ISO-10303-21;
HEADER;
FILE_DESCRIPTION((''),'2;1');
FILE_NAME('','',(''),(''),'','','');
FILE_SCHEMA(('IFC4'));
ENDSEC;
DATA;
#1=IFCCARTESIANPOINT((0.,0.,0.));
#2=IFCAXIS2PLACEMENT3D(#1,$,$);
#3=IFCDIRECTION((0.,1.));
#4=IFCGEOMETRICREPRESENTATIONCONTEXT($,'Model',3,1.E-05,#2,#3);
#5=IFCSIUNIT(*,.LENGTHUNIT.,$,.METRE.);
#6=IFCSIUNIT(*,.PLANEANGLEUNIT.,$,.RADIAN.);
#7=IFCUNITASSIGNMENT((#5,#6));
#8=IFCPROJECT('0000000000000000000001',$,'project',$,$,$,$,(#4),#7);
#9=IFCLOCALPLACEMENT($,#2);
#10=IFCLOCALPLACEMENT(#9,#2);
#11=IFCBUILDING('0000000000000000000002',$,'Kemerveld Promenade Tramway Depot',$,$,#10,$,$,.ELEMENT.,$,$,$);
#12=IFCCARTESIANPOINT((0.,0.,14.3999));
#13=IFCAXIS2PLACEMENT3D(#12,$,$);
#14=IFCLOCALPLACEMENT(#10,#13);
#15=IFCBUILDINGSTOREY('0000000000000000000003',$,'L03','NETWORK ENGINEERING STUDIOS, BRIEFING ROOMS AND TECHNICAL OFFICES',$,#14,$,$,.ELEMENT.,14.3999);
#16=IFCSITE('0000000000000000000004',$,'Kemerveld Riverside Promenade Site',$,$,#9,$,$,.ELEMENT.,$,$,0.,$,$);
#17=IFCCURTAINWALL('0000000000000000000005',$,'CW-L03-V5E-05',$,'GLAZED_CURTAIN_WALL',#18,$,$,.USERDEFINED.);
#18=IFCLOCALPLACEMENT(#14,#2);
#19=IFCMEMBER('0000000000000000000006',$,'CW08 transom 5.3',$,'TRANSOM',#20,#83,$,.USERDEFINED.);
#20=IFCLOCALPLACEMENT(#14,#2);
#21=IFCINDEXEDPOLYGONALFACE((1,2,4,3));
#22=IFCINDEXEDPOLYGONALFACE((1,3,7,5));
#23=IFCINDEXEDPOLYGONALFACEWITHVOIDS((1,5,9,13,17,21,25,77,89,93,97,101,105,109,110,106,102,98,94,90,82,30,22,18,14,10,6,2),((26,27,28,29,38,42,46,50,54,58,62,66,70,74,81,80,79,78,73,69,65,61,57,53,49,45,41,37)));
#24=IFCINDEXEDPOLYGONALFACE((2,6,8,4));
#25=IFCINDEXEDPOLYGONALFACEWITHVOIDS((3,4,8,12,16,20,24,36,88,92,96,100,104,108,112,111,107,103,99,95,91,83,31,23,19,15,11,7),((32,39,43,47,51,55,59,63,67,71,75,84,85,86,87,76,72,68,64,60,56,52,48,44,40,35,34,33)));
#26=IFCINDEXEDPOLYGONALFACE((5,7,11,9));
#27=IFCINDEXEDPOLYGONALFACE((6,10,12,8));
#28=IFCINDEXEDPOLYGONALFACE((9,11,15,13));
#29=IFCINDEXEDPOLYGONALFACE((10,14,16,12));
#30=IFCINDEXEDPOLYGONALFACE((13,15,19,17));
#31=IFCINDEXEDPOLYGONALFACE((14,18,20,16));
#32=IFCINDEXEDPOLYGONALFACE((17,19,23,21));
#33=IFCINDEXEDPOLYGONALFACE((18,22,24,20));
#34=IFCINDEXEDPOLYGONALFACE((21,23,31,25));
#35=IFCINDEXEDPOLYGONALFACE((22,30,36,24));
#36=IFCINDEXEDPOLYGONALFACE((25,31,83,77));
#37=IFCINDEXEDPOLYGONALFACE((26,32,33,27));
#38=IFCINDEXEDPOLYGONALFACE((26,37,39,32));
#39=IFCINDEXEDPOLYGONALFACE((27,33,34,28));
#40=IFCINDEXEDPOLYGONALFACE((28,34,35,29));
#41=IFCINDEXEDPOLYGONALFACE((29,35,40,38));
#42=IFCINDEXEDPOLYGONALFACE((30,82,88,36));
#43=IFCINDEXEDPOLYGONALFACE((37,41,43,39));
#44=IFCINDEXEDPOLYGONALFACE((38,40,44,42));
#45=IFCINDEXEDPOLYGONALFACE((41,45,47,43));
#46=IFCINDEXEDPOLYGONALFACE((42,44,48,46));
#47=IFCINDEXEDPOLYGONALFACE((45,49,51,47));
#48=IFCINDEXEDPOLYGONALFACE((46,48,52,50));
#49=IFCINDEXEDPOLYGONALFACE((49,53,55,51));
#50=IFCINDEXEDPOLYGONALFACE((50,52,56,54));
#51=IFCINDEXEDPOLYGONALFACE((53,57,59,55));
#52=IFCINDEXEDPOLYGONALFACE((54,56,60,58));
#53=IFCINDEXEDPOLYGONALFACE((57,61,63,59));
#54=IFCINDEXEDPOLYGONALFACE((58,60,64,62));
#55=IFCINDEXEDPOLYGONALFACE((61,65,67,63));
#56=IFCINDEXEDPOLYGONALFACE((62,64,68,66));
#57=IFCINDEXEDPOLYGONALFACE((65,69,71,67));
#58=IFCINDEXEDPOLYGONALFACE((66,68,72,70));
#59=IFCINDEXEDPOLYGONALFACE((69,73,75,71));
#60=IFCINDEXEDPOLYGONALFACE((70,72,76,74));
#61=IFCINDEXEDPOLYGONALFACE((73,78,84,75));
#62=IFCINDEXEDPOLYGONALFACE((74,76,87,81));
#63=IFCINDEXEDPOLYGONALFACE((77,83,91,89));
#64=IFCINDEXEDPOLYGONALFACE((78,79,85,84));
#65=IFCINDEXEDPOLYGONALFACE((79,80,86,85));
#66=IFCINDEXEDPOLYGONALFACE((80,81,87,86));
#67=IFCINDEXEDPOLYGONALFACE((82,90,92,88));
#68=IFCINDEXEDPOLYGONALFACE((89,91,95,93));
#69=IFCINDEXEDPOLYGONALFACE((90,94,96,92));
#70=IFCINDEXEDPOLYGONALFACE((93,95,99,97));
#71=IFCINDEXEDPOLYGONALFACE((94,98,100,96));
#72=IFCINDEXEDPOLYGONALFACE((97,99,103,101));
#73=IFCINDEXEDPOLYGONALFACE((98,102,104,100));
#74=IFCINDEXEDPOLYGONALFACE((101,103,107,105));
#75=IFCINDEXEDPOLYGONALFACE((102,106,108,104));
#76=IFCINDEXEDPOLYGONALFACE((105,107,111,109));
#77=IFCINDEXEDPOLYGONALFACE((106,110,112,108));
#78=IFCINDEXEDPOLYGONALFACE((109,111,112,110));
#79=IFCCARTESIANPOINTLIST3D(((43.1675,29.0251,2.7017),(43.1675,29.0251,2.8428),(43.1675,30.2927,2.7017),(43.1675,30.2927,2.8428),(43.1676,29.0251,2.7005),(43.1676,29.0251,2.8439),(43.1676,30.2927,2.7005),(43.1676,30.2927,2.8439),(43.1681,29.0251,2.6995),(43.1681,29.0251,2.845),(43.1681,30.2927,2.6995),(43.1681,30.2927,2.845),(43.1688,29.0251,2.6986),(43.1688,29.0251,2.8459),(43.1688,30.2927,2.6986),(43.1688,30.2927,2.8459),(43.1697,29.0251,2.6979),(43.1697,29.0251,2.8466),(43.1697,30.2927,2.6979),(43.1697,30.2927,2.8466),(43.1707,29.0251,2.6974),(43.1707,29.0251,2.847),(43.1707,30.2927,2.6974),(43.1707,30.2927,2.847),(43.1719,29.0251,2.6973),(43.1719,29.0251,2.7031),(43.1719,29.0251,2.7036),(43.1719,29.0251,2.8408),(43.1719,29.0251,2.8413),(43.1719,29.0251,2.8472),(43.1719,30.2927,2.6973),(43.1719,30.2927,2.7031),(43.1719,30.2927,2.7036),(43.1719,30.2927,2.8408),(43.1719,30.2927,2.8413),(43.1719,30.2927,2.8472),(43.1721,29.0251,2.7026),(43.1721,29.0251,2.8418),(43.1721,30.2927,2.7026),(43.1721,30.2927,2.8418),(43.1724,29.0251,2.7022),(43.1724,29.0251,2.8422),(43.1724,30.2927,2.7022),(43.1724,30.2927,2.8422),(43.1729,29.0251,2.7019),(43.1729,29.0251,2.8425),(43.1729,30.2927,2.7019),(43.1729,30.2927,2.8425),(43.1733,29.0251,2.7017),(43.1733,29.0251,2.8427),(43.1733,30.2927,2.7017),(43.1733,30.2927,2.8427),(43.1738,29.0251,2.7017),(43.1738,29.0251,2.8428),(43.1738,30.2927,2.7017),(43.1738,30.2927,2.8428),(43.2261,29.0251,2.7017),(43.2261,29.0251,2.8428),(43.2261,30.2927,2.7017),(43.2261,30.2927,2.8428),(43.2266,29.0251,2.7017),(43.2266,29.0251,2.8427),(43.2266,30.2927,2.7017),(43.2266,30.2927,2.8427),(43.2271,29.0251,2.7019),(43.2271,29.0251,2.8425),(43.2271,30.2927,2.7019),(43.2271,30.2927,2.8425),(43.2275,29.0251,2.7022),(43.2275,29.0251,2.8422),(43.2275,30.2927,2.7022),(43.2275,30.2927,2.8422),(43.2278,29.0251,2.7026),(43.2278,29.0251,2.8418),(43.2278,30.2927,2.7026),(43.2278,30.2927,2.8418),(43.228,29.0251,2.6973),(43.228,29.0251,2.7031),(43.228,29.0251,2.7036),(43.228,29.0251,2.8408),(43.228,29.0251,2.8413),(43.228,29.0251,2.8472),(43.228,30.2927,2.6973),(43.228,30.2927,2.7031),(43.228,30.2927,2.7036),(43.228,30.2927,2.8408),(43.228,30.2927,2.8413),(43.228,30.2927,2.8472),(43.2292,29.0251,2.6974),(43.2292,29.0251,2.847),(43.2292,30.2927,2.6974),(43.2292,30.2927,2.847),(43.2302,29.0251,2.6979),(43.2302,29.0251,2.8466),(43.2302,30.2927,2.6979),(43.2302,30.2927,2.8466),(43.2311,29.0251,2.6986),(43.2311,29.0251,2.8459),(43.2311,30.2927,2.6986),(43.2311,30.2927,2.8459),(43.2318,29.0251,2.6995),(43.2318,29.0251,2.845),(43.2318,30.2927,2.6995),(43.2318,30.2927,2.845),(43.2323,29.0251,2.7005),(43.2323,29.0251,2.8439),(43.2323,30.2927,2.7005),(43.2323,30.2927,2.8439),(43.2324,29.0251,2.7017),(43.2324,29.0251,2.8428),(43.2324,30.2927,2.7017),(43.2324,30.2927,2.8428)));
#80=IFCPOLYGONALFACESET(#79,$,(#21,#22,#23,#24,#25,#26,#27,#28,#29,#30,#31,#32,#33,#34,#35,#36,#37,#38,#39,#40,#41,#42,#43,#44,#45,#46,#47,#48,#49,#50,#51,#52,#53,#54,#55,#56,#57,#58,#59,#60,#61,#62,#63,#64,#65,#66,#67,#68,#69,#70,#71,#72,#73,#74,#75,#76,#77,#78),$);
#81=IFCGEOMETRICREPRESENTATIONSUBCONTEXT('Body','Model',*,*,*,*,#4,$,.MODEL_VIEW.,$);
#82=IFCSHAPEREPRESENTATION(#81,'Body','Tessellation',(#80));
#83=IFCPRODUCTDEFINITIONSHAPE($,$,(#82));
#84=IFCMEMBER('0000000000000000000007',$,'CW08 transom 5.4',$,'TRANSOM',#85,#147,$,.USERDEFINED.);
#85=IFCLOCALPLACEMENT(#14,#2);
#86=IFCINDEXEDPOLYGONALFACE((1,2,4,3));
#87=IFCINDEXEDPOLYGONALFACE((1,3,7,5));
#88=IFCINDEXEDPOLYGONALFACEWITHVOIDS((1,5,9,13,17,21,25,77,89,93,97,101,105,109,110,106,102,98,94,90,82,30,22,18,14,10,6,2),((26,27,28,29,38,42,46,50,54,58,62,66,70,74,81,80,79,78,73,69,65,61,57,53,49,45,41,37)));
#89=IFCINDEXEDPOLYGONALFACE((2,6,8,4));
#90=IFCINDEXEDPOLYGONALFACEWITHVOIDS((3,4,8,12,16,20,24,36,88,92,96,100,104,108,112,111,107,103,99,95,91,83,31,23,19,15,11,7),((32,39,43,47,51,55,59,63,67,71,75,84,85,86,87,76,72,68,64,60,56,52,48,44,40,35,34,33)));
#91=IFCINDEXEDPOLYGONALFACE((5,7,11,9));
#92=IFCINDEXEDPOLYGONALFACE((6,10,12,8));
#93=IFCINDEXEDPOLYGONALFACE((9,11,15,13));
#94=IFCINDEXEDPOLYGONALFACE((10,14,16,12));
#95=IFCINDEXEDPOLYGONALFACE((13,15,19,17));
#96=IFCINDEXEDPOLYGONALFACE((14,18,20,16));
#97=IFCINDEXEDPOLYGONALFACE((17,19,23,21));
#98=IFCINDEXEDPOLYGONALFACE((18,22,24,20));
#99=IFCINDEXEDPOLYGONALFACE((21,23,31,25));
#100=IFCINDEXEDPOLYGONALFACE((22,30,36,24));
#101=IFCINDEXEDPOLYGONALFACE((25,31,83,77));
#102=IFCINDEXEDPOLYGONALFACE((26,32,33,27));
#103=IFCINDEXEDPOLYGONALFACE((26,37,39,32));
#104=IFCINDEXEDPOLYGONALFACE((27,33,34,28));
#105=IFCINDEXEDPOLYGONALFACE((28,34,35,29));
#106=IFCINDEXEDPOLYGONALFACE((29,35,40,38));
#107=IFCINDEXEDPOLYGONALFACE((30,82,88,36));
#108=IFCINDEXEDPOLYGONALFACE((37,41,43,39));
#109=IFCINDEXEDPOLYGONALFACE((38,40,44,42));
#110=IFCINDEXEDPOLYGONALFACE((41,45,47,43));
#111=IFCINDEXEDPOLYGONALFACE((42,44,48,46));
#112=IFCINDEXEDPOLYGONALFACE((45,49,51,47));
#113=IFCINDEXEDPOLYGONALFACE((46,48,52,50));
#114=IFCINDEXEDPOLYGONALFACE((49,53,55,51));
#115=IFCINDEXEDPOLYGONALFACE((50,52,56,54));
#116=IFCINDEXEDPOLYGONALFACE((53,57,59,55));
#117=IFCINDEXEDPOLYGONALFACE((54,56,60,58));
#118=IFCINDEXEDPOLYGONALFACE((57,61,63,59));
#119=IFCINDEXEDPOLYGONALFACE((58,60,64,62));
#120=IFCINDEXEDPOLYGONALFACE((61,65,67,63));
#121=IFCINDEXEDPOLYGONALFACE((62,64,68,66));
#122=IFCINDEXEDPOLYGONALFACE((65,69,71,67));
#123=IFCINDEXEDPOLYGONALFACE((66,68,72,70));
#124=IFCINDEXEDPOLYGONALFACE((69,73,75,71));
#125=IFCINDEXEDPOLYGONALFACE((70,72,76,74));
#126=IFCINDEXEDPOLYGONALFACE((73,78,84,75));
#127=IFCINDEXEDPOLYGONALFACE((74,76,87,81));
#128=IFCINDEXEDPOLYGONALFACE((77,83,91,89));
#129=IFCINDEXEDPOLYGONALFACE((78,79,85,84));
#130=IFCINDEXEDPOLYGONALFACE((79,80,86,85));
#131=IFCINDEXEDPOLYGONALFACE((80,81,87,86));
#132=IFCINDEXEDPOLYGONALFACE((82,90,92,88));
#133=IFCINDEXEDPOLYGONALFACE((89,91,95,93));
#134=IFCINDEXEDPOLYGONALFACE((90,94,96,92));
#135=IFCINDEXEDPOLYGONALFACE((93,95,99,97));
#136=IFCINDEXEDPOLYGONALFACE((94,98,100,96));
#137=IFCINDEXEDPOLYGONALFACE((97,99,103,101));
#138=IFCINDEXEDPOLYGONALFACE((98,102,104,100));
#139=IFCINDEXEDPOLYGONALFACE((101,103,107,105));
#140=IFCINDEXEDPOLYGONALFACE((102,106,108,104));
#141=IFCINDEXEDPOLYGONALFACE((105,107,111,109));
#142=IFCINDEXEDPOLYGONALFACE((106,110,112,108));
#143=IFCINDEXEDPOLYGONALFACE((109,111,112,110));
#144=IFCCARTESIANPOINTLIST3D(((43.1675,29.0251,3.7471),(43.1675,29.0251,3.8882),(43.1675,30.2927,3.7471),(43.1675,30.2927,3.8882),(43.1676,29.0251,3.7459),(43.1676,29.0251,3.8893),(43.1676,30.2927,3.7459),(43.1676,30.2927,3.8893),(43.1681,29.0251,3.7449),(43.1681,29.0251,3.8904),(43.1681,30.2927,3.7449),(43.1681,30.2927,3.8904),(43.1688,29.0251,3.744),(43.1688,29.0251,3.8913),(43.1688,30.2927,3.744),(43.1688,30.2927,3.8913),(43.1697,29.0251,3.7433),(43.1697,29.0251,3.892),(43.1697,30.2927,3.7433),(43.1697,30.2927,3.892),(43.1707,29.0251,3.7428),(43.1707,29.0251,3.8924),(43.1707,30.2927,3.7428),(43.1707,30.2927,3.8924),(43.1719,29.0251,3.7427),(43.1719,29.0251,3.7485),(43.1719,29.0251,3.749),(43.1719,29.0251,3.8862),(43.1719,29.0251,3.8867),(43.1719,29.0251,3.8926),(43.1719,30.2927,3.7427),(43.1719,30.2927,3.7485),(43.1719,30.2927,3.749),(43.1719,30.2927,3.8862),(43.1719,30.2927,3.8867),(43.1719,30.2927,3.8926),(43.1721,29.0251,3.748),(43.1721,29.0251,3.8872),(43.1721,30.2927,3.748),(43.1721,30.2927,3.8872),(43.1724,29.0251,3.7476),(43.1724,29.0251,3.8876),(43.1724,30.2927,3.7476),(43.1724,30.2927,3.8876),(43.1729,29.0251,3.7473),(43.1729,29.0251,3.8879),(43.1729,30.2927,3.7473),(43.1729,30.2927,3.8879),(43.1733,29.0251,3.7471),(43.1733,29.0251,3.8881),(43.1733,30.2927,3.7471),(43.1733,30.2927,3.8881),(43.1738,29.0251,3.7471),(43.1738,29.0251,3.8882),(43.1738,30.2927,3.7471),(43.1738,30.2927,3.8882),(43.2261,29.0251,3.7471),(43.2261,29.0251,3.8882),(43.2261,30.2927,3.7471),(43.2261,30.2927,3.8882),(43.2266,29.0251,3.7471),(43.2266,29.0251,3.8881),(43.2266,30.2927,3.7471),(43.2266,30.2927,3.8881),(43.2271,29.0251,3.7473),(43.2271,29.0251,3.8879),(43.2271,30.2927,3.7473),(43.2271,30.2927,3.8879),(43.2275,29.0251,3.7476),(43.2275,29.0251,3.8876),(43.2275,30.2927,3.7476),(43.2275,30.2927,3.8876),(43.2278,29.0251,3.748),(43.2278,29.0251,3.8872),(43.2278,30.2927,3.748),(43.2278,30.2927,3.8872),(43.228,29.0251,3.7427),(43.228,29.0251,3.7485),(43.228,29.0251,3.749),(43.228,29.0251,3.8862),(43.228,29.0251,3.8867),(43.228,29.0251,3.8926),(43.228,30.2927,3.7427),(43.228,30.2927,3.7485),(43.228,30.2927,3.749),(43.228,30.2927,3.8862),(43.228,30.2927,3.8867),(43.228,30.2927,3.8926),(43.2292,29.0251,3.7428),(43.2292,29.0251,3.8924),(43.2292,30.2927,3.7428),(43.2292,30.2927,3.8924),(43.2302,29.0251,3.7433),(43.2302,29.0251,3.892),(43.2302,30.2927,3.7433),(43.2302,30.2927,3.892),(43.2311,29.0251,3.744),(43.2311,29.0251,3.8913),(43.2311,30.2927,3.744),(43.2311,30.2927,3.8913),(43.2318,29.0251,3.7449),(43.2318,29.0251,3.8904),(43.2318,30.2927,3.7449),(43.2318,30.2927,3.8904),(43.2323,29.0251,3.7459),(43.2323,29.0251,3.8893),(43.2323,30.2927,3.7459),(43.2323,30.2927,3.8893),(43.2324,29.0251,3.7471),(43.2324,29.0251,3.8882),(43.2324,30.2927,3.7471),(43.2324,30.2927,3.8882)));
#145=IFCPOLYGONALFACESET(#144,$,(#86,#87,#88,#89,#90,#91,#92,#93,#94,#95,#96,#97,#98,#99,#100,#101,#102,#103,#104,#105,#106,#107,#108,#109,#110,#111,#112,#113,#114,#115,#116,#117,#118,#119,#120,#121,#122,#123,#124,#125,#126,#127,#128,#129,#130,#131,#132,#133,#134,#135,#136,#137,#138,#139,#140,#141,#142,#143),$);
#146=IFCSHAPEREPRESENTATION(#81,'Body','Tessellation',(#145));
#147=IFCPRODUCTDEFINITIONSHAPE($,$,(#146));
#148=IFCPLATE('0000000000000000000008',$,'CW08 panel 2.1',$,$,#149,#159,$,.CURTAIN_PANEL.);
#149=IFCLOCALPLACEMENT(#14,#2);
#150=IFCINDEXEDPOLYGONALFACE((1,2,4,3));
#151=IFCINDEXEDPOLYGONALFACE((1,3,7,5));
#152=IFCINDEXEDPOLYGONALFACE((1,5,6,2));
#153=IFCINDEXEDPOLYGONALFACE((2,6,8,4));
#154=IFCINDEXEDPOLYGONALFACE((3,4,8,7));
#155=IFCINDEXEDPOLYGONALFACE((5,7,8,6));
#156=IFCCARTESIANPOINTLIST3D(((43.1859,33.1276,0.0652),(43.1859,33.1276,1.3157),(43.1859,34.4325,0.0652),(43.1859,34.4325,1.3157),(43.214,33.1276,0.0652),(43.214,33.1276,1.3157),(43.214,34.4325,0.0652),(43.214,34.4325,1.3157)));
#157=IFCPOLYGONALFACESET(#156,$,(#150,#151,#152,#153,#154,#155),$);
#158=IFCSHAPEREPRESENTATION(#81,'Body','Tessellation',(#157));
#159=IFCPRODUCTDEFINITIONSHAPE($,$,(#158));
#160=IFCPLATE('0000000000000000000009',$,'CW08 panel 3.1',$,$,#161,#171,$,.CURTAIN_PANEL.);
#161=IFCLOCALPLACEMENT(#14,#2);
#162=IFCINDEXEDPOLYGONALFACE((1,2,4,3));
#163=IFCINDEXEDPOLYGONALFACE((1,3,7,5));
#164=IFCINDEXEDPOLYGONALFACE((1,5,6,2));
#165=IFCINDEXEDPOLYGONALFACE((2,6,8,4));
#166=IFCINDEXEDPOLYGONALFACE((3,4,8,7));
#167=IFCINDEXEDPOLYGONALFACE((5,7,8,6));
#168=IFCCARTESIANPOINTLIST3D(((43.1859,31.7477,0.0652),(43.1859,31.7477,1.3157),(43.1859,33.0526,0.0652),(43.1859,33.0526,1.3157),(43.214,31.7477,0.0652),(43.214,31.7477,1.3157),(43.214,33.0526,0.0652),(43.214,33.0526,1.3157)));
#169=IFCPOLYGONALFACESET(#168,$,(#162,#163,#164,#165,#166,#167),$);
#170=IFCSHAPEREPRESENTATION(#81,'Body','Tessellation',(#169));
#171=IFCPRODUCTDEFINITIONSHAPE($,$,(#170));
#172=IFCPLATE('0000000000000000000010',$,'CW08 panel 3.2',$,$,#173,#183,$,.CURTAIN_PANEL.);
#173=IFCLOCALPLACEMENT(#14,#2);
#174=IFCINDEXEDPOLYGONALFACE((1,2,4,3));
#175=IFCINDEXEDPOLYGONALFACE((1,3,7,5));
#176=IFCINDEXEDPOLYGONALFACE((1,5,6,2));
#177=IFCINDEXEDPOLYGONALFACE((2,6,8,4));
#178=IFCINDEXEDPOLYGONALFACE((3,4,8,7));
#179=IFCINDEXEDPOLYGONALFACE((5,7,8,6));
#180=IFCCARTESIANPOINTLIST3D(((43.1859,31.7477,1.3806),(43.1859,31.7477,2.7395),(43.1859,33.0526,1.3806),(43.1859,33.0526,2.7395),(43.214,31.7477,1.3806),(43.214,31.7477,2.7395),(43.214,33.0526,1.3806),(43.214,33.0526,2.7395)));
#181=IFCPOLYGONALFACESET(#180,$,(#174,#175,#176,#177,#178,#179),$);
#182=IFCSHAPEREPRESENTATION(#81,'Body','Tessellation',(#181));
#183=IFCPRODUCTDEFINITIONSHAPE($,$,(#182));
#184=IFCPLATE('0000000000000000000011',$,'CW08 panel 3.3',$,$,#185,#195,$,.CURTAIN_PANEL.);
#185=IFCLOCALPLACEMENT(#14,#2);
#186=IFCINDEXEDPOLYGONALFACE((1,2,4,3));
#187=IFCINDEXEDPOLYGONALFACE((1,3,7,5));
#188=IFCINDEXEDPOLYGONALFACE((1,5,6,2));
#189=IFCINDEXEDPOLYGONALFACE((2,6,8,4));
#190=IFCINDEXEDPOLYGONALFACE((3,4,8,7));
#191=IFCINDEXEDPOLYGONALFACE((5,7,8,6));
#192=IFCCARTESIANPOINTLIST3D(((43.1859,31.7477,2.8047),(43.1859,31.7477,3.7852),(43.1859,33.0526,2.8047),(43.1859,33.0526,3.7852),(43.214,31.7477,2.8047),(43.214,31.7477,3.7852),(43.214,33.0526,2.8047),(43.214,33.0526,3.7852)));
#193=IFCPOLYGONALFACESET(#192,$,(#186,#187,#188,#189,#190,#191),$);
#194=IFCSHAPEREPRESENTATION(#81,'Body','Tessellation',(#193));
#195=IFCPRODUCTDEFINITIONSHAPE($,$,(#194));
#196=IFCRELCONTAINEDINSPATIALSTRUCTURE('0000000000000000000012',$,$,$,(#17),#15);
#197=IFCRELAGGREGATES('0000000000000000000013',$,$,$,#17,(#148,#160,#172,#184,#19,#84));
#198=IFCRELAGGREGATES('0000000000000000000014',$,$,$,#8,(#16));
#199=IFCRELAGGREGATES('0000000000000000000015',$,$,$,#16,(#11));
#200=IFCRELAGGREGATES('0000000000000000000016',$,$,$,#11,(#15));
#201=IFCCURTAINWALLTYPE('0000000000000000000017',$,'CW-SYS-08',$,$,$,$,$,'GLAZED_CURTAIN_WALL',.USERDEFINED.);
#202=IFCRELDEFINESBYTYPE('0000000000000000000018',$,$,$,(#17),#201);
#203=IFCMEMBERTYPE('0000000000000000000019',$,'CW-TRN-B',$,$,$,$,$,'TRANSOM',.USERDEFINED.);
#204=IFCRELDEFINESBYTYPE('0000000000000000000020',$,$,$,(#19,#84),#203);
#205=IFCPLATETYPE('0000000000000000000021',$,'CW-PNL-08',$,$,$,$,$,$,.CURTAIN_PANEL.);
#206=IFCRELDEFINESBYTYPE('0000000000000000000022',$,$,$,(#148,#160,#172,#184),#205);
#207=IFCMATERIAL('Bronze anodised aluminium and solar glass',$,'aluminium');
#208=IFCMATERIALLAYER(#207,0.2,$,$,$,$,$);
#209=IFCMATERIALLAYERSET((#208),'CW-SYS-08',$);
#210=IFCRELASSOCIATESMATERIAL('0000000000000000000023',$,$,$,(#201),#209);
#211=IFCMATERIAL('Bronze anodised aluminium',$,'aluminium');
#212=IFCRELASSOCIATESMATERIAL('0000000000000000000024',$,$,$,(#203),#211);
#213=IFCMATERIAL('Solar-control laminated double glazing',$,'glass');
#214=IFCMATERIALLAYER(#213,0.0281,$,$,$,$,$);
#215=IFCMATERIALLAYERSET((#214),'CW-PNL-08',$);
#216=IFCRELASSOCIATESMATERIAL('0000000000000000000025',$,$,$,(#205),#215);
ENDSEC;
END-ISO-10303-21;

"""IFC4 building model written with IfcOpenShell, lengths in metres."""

from ifc_helpers import new_model, si_unit, direction, frame, origin, origin_2d, place, context, subcontext, project, spatial, rectangle, hollow_rectangle, extrude, material, layer, layer_set, material_profile, profile_set, type_object, element, aggregate, save


model = new_model("IFC4")

# Units and contexts
model_context = context("Model", 3, precision=1e-05, world=origin(), true_north=direction((0.0, 1.0)))
body_context = subcontext(model_context, "Body", "Model", "MODEL_VIEW")
ifc_project = project(units=[si_unit("LENGTHUNIT", "METRE"), si_unit("PLANEANGLEUNIT", "RADIAN")], contexts=[model_context])

# Site, building, storey
site_placement = place(None, origin())
site = spatial("IfcSite", under=ifc_project, at=site_placement, Name="Kemerveld Riverside Promenade Site", CompositionType="ELEMENT", RefElevation=0.0)
building_placement = place(site_placement, origin())
building = spatial("IfcBuilding", under=site, at=building_placement, Name="Kemerveld Promenade Tramway Depot", CompositionType="ELEMENT")
storey_placement = place(building_placement, frame((0.0, 0.0, 14.3999)))
storey = spatial("IfcBuildingStorey", under=building, at=storey_placement, Name="L03", Description="NETWORK ENGINEERING STUDIOS, BRIEFING ROOMS AND TECHNICAL OFFICES", CompositionType="ELEMENT", Elevation=14.3999)

# Curtain wall, members, plates
ifc_material_1 = material(Name="Bronze anodised aluminium and solar glass", Category="aluminium")
ifc_layer_1 = layer(ifc_material_1, 0.2)
ifc_layer_set_1 = layer_set([ifc_layer_1], Name="CW-SYS-08")
curtain_wall_type = type_object("IfcCurtainWallType", Name="CW-SYS-08", ElementType="GLAZED_CURTAIN_WALL", PredefinedType="USERDEFINED", material=ifc_layer_set_1)
curtain_wall_placement = place(storey_placement, origin())
curtain_wall = element("IfcCurtainWall", 1, at=curtain_wall_placement, inside=storey, type_object=curtain_wall_type, Name="CW-L03-V5E-05", ObjectType="GLAZED_CURTAIN_WALL", PredefinedType="USERDEFINED")
ifc_material_2 = material(Name="Bronze anodised aluminium", Category="aluminium")
ifc_material_profile_1 = material_profile(ifc_material_2, hollow_rectangle(XDim=0.0649, YDim=0.1499, WallThickness=0.0044, InnerFilletRadius=0.002, OuterFilletRadius=0.0044, at=origin_2d()), Name="CW-TRN-150x65")
ifc_profile_set_1 = profile_set([ifc_material_profile_1], Name="Bronze anodised aluminium")
member_type_1 = type_object("IfcMemberType", Name="CW-TRN-B", ElementType="TRANSOM", PredefinedType="USERDEFINED", material=ifc_profile_set_1)
member_1_placement = place(storey_placement, frame((43.2, 30.2927, 2.7722), z_axis=(0.0, -1.0, 0.0), x_axis=(1.0, 0.0, 0.0)))
member_1 = element("IfcMember", 2, at=member_1_placement, type_object=member_type_1, Name="CW08 transom 5.3", ObjectType="TRANSOM", PredefinedType="USERDEFINED", context=body_context, shape_type="SweptSolid", body=[
    extrude(hollow_rectangle(XDim=0.0649, YDim=0.1499, WallThickness=0.0044, InnerFilletRadius=0.002, OuterFilletRadius=0.0044, at=origin_2d()), origin(), (0.0, 0.0, 1.0), 1.2676),
])
member_2_placement = place(storey_placement, frame((43.2, 30.2927, 3.8176), z_axis=(0.0, -1.0, 0.0), x_axis=(1.0, 0.0, 0.0)))
member_2 = element("IfcMember", 3, at=member_2_placement, type_object=member_type_1, Name="CW08 transom 5.4", ObjectType="TRANSOM", PredefinedType="USERDEFINED", context=body_context, shape_type="SweptSolid", body=[
    extrude(hollow_rectangle(XDim=0.0649, YDim=0.1499, WallThickness=0.0044, InnerFilletRadius=0.002, OuterFilletRadius=0.0044, at=origin_2d()), origin(), (0.0, 0.0, 1.0), 1.2676),
])
ifc_material_3 = material(Name="Solar-control laminated double glazing", Category="glass")
ifc_layer_2 = layer(ifc_material_3, 0.0281)
ifc_layer_set_2 = layer_set([ifc_layer_2], Name="CW-PNL-08")
plate_type = type_object("IfcPlateType", Name="CW-PNL-08", PredefinedType="CURTAIN_PANEL", material=ifc_layer_set_2)
plate_1_placement = place(storey_placement, frame((43.2, 33.78, 0.0652), z_axis=(0.0, 0.0, 1.0), x_axis=(0.0, -1.0, 0.0)))
plate_1 = element("IfcPlate", 4, at=plate_1_placement, type_object=plate_type, Name="CW08 panel 2.1", PredefinedType="CURTAIN_PANEL", context=body_context, shape_type="SweptSolid", body=[
    extrude(rectangle(XDim=1.3049, YDim=0.0281, at=origin_2d()), origin(), (0.0, 0.0, 1.0), 1.2505),
])
plate_2_placement = place(storey_placement, frame((43.2, 32.4001, 0.0652), z_axis=(0.0, 0.0, 1.0), x_axis=(0.0, -1.0, 0.0)))
plate_2 = element("IfcPlate", 5, at=plate_2_placement, type_object=plate_type, Name="CW08 panel 3.1", PredefinedType="CURTAIN_PANEL", context=body_context, shape_type="SweptSolid", body=[
    extrude(rectangle(XDim=1.3049, YDim=0.0281, at=origin_2d()), origin(), (0.0, 0.0, 1.0), 1.2505),
])
plate_3_placement = place(storey_placement, frame((43.2, 32.4001, 1.3806), z_axis=(0.0, 0.0, 1.0), x_axis=(0.0, -1.0, 0.0)))
plate_3 = element("IfcPlate", 6, at=plate_3_placement, type_object=plate_type, Name="CW08 panel 3.2", PredefinedType="CURTAIN_PANEL", context=body_context, shape_type="SweptSolid", body=[
    extrude(rectangle(XDim=1.3049, YDim=0.0281, at=origin_2d()), origin(), (0.0, 0.0, 1.0), 1.3589),
])
plate_4_placement = place(storey_placement, frame((43.2, 32.4001, 2.8047), z_axis=(0.0, 0.0, 1.0), x_axis=(0.0, -1.0, 0.0)))
plate_4 = element("IfcPlate", 7, at=plate_4_placement, type_object=plate_type, Name="CW08 panel 3.3", PredefinedType="CURTAIN_PANEL", context=body_context, shape_type="SweptSolid", body=[
    extrude(rectangle(XDim=1.3049, YDim=0.0281, at=origin_2d()), origin(), (0.0, 0.0, 1.0), 0.9805),
])
aggregate(curtain_wall, [plate_1, plate_2, plate_3, plate_4, member_1, member_2])

save(model, "model.ifc")
